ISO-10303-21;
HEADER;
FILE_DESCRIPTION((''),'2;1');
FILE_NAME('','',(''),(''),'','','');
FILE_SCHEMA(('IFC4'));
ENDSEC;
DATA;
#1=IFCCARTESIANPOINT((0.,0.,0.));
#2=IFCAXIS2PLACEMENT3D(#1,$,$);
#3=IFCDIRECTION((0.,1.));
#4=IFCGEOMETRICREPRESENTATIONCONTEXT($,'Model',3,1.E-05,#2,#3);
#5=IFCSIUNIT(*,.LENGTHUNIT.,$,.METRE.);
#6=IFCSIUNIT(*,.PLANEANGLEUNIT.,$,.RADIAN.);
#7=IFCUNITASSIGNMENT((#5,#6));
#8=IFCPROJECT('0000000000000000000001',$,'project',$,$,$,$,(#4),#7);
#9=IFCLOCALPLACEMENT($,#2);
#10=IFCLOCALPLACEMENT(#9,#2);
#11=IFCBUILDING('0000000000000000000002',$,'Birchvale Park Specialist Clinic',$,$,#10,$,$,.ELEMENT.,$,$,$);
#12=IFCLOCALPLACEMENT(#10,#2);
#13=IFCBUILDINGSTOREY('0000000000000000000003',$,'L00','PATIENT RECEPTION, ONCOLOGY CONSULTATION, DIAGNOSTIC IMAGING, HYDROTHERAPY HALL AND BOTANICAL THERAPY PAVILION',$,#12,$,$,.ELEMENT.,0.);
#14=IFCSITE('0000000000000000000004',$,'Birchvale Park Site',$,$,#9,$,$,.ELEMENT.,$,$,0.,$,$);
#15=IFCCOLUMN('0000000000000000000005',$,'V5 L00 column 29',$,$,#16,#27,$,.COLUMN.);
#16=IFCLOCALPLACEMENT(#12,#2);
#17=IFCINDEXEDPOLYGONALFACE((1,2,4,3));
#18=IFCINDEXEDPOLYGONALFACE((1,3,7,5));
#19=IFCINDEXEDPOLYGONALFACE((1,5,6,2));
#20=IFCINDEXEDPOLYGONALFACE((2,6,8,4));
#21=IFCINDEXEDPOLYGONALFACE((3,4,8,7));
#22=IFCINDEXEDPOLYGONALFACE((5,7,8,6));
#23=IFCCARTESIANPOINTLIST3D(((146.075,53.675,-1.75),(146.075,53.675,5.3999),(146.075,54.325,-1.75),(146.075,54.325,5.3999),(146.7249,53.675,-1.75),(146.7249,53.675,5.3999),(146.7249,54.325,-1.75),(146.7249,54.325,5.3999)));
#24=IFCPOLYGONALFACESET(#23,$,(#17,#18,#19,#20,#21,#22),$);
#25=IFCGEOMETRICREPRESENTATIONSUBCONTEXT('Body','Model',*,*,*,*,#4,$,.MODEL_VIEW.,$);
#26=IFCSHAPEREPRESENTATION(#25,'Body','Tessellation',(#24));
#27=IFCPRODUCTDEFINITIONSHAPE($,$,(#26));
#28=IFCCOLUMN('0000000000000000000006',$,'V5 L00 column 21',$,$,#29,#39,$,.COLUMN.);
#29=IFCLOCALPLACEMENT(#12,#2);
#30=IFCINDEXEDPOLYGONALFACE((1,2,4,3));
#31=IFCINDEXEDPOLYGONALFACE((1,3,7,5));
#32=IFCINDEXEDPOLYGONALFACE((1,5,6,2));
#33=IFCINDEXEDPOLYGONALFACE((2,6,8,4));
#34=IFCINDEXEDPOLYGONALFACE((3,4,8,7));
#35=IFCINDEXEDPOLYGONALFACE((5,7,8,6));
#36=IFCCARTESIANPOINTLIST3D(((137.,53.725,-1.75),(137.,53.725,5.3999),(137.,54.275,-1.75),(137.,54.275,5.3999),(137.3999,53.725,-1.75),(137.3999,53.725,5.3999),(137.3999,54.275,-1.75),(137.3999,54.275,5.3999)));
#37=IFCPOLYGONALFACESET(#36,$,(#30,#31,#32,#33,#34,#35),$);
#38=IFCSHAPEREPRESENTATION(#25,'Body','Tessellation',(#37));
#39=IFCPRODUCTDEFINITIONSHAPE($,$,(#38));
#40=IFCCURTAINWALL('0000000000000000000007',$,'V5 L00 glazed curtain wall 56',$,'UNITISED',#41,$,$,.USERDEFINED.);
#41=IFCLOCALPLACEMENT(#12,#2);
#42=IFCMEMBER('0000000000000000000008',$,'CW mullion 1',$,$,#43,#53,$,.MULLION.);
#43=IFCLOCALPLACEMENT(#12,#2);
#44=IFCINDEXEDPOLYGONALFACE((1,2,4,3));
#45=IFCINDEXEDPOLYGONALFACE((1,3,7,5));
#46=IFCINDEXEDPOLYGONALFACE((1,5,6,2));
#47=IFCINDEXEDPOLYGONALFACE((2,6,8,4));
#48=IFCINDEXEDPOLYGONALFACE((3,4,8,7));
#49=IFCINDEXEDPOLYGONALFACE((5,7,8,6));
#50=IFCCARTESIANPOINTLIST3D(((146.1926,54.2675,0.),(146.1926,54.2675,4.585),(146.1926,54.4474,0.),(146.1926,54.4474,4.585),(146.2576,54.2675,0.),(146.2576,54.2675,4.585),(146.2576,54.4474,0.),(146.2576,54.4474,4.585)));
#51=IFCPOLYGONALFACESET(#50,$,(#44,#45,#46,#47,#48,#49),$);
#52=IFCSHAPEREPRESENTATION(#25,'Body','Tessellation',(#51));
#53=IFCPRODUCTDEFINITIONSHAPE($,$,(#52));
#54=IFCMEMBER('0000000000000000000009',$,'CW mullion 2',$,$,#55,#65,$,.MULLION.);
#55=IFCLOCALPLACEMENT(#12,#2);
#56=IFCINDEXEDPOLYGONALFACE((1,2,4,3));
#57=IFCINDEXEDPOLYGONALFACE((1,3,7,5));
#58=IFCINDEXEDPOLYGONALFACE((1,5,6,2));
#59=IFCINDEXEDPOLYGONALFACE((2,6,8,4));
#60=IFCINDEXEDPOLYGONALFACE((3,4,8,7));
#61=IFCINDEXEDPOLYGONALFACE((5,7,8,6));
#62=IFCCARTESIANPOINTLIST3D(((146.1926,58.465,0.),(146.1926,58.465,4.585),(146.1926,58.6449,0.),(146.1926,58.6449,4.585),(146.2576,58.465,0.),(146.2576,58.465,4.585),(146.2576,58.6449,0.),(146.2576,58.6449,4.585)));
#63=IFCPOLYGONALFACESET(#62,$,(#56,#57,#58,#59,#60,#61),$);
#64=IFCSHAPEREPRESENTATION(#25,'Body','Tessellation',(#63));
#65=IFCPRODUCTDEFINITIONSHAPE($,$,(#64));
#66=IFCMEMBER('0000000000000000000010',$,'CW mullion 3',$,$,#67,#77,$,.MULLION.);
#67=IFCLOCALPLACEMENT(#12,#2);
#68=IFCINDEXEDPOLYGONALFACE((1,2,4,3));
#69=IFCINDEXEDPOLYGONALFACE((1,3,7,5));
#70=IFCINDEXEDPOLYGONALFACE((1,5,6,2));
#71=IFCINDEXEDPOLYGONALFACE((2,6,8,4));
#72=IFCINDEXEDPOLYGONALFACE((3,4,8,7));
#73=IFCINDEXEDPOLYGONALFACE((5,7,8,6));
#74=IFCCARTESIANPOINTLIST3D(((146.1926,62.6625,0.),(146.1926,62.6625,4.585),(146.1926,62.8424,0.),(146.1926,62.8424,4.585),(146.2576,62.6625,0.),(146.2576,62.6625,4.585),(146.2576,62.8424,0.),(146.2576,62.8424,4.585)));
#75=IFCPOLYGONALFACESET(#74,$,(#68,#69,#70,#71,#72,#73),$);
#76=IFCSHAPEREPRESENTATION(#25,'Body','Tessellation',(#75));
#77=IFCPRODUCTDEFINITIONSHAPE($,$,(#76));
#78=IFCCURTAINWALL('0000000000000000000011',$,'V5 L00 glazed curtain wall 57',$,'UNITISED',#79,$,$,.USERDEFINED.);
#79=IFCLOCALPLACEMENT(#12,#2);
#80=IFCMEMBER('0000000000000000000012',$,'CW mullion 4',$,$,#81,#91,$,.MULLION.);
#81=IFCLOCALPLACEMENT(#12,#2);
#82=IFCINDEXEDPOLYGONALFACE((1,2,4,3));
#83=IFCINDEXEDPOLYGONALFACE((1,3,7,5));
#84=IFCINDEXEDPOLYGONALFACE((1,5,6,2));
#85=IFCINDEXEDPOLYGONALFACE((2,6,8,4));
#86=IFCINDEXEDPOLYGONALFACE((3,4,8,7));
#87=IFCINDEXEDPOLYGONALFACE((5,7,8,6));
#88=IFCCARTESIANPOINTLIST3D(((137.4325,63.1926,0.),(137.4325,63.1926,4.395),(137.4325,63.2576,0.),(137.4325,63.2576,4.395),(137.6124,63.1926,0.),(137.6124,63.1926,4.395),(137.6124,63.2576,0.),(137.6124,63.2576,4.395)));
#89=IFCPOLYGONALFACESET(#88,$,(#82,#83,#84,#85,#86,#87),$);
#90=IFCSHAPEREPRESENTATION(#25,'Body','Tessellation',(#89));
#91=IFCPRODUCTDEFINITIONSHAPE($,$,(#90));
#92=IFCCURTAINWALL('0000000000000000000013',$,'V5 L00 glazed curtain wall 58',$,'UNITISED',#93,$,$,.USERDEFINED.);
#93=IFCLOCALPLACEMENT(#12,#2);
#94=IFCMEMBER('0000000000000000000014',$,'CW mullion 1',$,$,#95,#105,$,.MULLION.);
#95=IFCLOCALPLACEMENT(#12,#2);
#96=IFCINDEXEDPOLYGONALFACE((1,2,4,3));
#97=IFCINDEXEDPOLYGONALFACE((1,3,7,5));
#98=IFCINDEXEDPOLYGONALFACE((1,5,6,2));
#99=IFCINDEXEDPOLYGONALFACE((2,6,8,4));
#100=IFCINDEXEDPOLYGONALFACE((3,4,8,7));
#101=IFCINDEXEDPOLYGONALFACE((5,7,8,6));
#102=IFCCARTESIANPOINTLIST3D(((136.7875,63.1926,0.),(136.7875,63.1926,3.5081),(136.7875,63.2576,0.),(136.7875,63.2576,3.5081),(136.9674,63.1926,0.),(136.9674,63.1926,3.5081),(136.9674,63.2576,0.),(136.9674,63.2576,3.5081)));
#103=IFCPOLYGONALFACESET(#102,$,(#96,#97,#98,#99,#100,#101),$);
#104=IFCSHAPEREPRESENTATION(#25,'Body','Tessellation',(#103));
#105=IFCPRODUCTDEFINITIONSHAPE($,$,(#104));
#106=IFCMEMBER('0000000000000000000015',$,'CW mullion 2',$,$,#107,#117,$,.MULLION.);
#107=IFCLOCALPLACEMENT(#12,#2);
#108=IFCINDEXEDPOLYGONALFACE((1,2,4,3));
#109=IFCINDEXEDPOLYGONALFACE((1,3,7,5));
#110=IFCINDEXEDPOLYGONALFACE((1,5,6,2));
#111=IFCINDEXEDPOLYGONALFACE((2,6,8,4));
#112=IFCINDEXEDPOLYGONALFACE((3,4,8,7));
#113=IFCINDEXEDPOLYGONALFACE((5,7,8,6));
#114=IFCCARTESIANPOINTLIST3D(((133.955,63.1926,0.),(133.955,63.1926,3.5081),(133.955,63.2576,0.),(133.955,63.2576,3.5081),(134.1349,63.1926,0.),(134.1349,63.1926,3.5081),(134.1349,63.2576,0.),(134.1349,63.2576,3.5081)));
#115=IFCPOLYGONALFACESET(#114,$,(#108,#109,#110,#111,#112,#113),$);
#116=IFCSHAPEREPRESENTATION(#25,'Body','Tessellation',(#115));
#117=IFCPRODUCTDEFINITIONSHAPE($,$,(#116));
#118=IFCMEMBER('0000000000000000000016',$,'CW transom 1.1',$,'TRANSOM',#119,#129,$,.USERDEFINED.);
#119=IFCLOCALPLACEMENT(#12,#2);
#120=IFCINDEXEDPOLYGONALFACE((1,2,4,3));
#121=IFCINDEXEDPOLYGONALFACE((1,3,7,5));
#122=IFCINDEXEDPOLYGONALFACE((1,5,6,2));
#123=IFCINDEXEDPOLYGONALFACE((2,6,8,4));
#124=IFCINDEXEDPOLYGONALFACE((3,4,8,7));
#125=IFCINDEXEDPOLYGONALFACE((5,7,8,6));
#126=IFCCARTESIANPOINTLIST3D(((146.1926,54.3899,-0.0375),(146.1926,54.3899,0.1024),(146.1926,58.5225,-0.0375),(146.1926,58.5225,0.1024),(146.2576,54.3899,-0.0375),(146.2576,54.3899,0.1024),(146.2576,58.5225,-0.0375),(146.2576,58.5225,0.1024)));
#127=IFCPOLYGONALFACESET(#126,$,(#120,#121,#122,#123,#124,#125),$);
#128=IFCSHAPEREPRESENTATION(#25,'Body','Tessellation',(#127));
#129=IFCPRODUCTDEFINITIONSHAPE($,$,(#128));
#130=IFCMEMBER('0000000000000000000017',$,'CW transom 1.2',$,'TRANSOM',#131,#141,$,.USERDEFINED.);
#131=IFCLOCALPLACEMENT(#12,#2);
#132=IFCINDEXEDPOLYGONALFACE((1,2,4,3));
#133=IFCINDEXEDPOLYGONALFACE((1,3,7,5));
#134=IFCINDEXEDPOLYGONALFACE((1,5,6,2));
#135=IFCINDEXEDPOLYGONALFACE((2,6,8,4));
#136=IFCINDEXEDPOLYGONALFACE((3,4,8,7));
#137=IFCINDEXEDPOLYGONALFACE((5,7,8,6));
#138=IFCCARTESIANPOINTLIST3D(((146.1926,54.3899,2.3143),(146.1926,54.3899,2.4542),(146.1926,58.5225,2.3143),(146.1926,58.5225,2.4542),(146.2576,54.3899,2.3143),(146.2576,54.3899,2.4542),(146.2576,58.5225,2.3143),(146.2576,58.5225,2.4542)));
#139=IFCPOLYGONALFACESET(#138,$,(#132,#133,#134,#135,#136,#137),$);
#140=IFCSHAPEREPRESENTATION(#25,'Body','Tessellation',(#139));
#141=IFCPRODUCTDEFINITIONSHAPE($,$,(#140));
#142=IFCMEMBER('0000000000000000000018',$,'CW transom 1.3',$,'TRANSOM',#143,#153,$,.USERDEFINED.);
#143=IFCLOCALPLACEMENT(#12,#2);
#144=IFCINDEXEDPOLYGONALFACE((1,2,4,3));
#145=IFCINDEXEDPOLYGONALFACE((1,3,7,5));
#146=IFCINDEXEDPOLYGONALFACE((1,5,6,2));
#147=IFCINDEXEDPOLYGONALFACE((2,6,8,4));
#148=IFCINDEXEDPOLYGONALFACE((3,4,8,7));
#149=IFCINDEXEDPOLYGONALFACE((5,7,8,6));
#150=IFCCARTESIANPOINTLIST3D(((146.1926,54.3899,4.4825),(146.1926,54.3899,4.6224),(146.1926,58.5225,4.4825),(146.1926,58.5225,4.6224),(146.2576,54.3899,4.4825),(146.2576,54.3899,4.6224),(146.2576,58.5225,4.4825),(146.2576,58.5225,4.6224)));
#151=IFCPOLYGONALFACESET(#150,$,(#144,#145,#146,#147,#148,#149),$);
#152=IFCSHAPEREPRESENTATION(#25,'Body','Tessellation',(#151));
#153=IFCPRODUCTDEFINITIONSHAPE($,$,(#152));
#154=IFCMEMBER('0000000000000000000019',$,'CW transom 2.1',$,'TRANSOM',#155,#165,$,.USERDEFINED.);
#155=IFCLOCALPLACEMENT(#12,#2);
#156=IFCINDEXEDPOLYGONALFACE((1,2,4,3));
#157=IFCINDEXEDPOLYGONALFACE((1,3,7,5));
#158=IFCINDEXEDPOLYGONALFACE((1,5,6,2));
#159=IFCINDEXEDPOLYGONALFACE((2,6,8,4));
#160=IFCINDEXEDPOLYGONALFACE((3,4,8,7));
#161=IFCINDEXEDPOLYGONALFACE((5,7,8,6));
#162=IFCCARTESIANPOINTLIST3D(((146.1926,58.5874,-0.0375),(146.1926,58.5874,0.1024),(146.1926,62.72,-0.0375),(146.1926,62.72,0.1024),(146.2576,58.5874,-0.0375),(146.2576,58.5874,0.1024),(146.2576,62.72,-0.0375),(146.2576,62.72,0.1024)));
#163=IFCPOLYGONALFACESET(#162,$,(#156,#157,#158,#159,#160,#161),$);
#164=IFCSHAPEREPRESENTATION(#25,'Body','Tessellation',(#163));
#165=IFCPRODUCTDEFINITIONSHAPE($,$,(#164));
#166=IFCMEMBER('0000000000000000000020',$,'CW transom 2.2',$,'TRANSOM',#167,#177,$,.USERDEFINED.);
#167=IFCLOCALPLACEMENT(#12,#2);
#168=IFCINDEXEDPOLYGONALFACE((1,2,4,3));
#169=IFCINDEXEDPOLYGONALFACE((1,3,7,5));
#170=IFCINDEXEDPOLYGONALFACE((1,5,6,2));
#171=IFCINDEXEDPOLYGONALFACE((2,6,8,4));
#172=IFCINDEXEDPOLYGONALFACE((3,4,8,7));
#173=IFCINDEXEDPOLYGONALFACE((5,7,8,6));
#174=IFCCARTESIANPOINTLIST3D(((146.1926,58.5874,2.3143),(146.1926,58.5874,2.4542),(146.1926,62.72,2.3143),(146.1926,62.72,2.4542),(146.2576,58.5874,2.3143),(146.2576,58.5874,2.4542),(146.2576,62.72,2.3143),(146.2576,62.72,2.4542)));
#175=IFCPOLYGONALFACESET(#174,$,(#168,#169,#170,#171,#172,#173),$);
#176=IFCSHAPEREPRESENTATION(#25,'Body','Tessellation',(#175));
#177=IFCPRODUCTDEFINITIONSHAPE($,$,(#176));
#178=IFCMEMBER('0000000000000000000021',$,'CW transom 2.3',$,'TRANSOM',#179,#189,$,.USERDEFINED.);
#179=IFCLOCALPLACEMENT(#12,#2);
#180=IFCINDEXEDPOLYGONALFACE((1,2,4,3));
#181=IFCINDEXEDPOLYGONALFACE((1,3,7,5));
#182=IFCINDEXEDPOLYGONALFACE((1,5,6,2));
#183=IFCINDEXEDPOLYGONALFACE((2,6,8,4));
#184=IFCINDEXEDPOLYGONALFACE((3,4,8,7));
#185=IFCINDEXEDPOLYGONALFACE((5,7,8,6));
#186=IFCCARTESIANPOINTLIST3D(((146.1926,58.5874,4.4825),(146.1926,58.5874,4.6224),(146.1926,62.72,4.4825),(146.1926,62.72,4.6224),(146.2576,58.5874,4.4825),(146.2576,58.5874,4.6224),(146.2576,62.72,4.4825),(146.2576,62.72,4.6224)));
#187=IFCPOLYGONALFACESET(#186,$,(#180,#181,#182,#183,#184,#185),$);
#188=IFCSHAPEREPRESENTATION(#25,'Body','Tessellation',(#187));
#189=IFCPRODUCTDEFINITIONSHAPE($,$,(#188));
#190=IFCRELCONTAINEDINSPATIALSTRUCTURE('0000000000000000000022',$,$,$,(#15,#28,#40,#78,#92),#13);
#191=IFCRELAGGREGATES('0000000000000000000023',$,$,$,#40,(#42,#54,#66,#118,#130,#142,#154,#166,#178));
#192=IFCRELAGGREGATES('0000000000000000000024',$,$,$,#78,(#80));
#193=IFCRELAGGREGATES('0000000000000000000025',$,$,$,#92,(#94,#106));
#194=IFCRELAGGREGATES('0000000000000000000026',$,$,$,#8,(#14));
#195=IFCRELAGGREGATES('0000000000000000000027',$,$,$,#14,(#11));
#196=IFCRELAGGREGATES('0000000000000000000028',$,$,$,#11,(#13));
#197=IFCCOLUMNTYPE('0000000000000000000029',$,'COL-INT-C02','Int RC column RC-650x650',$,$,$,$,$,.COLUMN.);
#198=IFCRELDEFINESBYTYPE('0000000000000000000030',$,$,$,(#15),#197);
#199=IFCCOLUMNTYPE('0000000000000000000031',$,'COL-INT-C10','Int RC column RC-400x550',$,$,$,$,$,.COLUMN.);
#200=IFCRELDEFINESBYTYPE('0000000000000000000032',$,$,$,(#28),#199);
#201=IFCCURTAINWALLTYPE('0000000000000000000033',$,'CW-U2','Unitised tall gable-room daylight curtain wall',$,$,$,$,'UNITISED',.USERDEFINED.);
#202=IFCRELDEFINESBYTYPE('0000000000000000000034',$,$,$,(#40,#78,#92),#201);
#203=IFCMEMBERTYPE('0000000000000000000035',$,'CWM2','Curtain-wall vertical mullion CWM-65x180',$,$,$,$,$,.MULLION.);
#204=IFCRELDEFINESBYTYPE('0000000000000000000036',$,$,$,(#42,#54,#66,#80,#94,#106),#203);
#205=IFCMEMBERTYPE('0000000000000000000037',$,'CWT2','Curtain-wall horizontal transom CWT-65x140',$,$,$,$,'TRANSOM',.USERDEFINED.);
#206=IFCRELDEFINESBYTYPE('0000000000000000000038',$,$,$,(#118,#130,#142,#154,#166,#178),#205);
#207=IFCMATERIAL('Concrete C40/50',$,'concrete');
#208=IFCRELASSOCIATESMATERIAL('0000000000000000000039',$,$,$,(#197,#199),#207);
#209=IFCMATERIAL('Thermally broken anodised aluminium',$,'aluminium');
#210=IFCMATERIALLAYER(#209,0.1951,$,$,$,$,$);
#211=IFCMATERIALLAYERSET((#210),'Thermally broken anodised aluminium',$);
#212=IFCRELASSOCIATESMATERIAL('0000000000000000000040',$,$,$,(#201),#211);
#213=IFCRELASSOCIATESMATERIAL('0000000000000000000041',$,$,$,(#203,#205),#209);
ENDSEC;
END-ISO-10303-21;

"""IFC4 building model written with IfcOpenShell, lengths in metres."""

from ifc_helpers import new_model, si_unit, direction, frame, origin, origin_2d, place, context, subcontext, project, spatial, rectangle, extrude, material, layer, layer_set, material_profile, profile_set, type_object, element, aggregate, save


model = new_model("IFC4")

# Units and contexts
model_context = context("Model", 3, precision=1e-05, world=origin(), true_north=direction((0.0, 1.0)))
body_context = subcontext(model_context, "Body", "Model", "MODEL_VIEW")
ifc_project = project(units=[si_unit("LENGTHUNIT", "METRE"), si_unit("PLANEANGLEUNIT", "RADIAN")], contexts=[model_context])

# Site, building, storey
site_placement = place(None, origin())
site = spatial("IfcSite", under=ifc_project, at=site_placement, Name="Birchvale Park Site", CompositionType="ELEMENT", RefElevation=0.0)
building_placement = place(site_placement, origin())
building = spatial("IfcBuilding", under=site, at=building_placement, Name="Birchvale Park Specialist Clinic", CompositionType="ELEMENT")
storey_placement = place(building_placement, origin())
storey = spatial("IfcBuildingStorey", under=building, at=storey_placement, Name="L00", Description="PATIENT RECEPTION, ONCOLOGY CONSULTATION, DIAGNOSTIC IMAGING, HYDROTHERAPY HALL AND BOTANICAL THERAPY PAVILION", CompositionType="ELEMENT", Elevation=0.0)

# Shared definitions
ifc_material_1 = material(Name="Concrete C40/50", Category="concrete")

# Columns
ifc_material_profile_1 = material_profile(ifc_material_1, rectangle(XDim=0.6499, YDim=0.6499, at=origin_2d()), Name="RC-650x650")
ifc_profile_set_1 = profile_set([ifc_material_profile_1], Name="Concrete C40/50")
column_type_1 = type_object("IfcColumnType", Name="COL-INT-C02", Description="Int RC column RC-650x650", PredefinedType="COLUMN", material=ifc_profile_set_1)
column_1_placement = place(storey_placement, frame((146.3999, 54.0, -1.75), z_axis=(0.0, 0.0, 1.0), x_axis=(1.0, 0.0, 0.0)))
element("IfcColumn", 1, at=column_1_placement, inside=storey, type_object=column_type_1, Name="V5 L00 column 29", PredefinedType="COLUMN", context=body_context, shape_type="SweptSolid", body=[
    extrude(rectangle(XDim=0.6499, YDim=0.6499, at=origin_2d()), origin(), (0.0, 0.0, 1.0), 7.1499),
])
ifc_material_profile_2 = material_profile(ifc_material_1, rectangle(XDim=0.3999, YDim=0.55, at=origin_2d()), Name="RC-400x550")
ifc_profile_set_2 = profile_set([ifc_material_profile_2], Name="Concrete C40/50")
column_type_2 = type_object("IfcColumnType", Name="COL-INT-C10", Description="Int RC column RC-400x550", PredefinedType="COLUMN", material=ifc_profile_set_2)
column_2_placement = place(storey_placement, frame((137.2, 54.0, -1.75), z_axis=(0.0, 0.0, 1.0), x_axis=(1.0, 0.0, 0.0)))
element("IfcColumn", 2, at=column_2_placement, inside=storey, type_object=column_type_2, Name="V5 L00 column 21", PredefinedType="COLUMN", context=body_context, shape_type="SweptSolid", body=[
    extrude(rectangle(XDim=0.3999, YDim=0.55, at=origin_2d()), origin(), (0.0, 0.0, 1.0), 7.1499),
])

# Curtain wall, members
ifc_material_2 = material(Name="Thermally broken anodised aluminium", Category="aluminium")
ifc_layer_1 = layer(ifc_material_2, 0.1951)
ifc_layer_set_1 = layer_set([ifc_layer_1], Name="Thermally broken anodised aluminium")
curtain_wall_type = type_object("IfcCurtainWallType", Name="CW-U2", Description="Unitised tall gable-room daylight curtain wall", ElementType="UNITISED", PredefinedType="USERDEFINED", material=ifc_layer_set_1)
curtain_wall_1_placement = place(storey_placement, origin())
curtain_wall_1 = element("IfcCurtainWall", 3, at=curtain_wall_1_placement, inside=storey, type_object=curtain_wall_type, Name="V5 L00 glazed curtain wall 56", ObjectType="UNITISED", PredefinedType="USERDEFINED")
ifc_material_profile_3 = material_profile(ifc_material_2, rectangle(XDim=0.0649, YDim=0.1799, at=origin_2d()), Name="CWM-65x180")
ifc_profile_set_3 = profile_set([ifc_material_profile_3], Name="Thermally broken anodised aluminium")
member_type_1 = type_object("IfcMemberType", Name="CWM2", Description="Curtain-wall vertical mullion CWM-65x180", PredefinedType="MULLION", material=ifc_profile_set_3)
member_1_placement = place(storey_placement, frame((146.2251, 54.3574, 0.0), z_axis=(0.0, 0.0, 1.0), x_axis=(-1.0, 0.0, 0.0)))
member_1 = element("IfcMember", 4, at=member_1_placement, type_object=member_type_1, Name="CW mullion 1", PredefinedType="MULLION", context=body_context, shape_type="SweptSolid", body=[
    extrude(rectangle(XDim=0.0649, YDim=0.1799, at=origin_2d()), origin(), (0.0, 0.0, 1.0), 4.585),
])
member_2_placement = place(storey_placement, frame((146.2251, 58.5549, 0.0), z_axis=(0.0, 0.0, 1.0), x_axis=(-1.0, 0.0, 0.0)))
member_2 = element("IfcMember", 5, at=member_2_placement, type_object=member_type_1, Name="CW mullion 2", PredefinedType="MULLION", context=body_context, shape_type="SweptSolid", body=[
    extrude(rectangle(XDim=0.0649, YDim=0.1799, at=origin_2d()), origin(), (0.0, 0.0, 1.0), 4.585),
])
member_3_placement = place(storey_placement, frame((146.2251, 62.7524, 0.0), z_axis=(0.0, 0.0, 1.0), x_axis=(-1.0, 0.0, 0.0)))
member_3 = element("IfcMember", 6, at=member_3_placement, type_object=member_type_1, Name="CW mullion 3", PredefinedType="MULLION", context=body_context, shape_type="SweptSolid", body=[
    extrude(rectangle(XDim=0.0649, YDim=0.1799, at=origin_2d()), origin(), (0.0, 0.0, 1.0), 4.585),
])

# Curtain wall, member
curtain_wall_2_placement = place(storey_placement, origin())
curtain_wall_2 = element("IfcCurtainWall", 7, at=curtain_wall_2_placement, inside=storey, type_object=curtain_wall_type, Name="V5 L00 glazed curtain wall 57", ObjectType="UNITISED", PredefinedType="USERDEFINED")
member_4_placement = place(storey_placement, frame((137.5225, 63.2251, 0.0), z_axis=(0.0, 0.0, 1.0), x_axis=(0.0, -1.0, 0.0)))
member_4 = element("IfcMember", 8, at=member_4_placement, type_object=member_type_1, Name="CW mullion 4", PredefinedType="MULLION", context=body_context, shape_type="SweptSolid", body=[
    extrude(rectangle(XDim=0.0649, YDim=0.1799, at=origin_2d()), origin(), (0.0, 0.0, 1.0), 4.395),
])

# Curtain wall, members
curtain_wall_3_placement = place(storey_placement, origin())
curtain_wall_3 = element("IfcCurtainWall", 9, at=curtain_wall_3_placement, inside=storey, type_object=curtain_wall_type, Name="V5 L00 glazed curtain wall 58", ObjectType="UNITISED", PredefinedType="USERDEFINED")
member_5_placement = place(storey_placement, frame((136.8774, 63.2251, 0.0), z_axis=(0.0, 0.0, 1.0), x_axis=(0.0, -1.0, 0.0)))
member_5 = element("IfcMember", 10, at=member_5_placement, type_object=member_type_1, Name="CW mullion 1", PredefinedType="MULLION", context=body_context, shape_type="SweptSolid", body=[
    extrude(rectangle(XDim=0.0649, YDim=0.1799, at=origin_2d()), origin(), (0.0, 0.0, 1.0), 3.5081),
])
member_6_placement = place(storey_placement, frame((134.0449, 63.2251, 0.0), z_axis=(0.0, 0.0, 1.0), x_axis=(0.0, -1.0, 0.0)))
member_6 = element("IfcMember", 11, at=member_6_placement, type_object=member_type_1, Name="CW mullion 2", PredefinedType="MULLION", context=body_context, shape_type="SweptSolid", body=[
    extrude(rectangle(XDim=0.0649, YDim=0.1799, at=origin_2d()), origin(), (0.0, 0.0, 1.0), 3.5081),
])

# Members
ifc_material_profile_4 = material_profile(ifc_material_2, rectangle(XDim=0.0649, YDim=0.1399, at=origin_2d()), Name="CWT-65x140")
ifc_profile_set_4 = profile_set([ifc_material_profile_4], Name="Thermally broken anodised aluminium")
member_type_2 = type_object("IfcMemberType", Name="CWT2", Description="Curtain-wall horizontal transom CWT-65x140", ElementType="TRANSOM", PredefinedType="USERDEFINED", material=ifc_profile_set_4)
member_7_placement = place(storey_placement, frame((146.2251, 54.3899, 0.0325), z_axis=(0.0, 1.0, 0.0), x_axis=(-1.0, 0.0, 0.0)))
member_7 = element("IfcMember", 12, at=member_7_placement, type_object=member_type_2, Name="CW transom 1.1", ObjectType="TRANSOM", PredefinedType="USERDEFINED", context=body_context, shape_type="SweptSolid", body=[
    extrude(rectangle(XDim=0.0649, YDim=0.1399, at=origin_2d()), origin(), (0.0, 0.0, 1.0), 4.1326),
])
member_8_placement = place(storey_placement, frame((146.2251, 54.3899, 2.3843), z_axis=(0.0, 1.0, 0.0), x_axis=(-1.0, 0.0, 0.0)))
member_8 = element("IfcMember", 13, at=member_8_placement, type_object=member_type_2, Name="CW transom 1.2", ObjectType="TRANSOM", PredefinedType="USERDEFINED", context=body_context, shape_type="SweptSolid", body=[
    extrude(rectangle(XDim=0.0649, YDim=0.1399, at=origin_2d()), origin(), (0.0, 0.0, 1.0), 4.1326),
])
member_9_placement = place(storey_placement, frame((146.2251, 54.3899, 4.5525), z_axis=(0.0, 1.0, 0.0), x_axis=(-1.0, 0.0, 0.0)))
member_9 = element("IfcMember", 14, at=member_9_placement, type_object=member_type_2, Name="CW transom 1.3", ObjectType="TRANSOM", PredefinedType="USERDEFINED", context=body_context, shape_type="SweptSolid", body=[
    extrude(rectangle(XDim=0.0649, YDim=0.1399, at=origin_2d()), origin(), (0.0, 0.0, 1.0), 4.1326),
])
member_10_placement = place(storey_placement, frame((146.2251, 58.5874, 0.0325), z_axis=(0.0, 1.0, 0.0), x_axis=(-1.0, 0.0, 0.0)))
member_10 = element("IfcMember", 15, at=member_10_placement, type_object=member_type_2, Name="CW transom 2.1", ObjectType="TRANSOM", PredefinedType="USERDEFINED", context=body_context, shape_type="SweptSolid", body=[
    extrude(rectangle(XDim=0.0649, YDim=0.1399, at=origin_2d()), origin(), (0.0, 0.0, 1.0), 4.1326),
])
member_11_placement = place(storey_placement, frame((146.2251, 58.5874, 2.3843), z_axis=(0.0, 1.0, 0.0), x_axis=(-1.0, 0.0, 0.0)))
member_11 = element("IfcMember", 16, at=member_11_placement, type_object=member_type_2, Name="CW transom 2.2", ObjectType="TRANSOM", PredefinedType="USERDEFINED", context=body_context, shape_type="SweptSolid", body=[
    extrude(rectangle(XDim=0.0649, YDim=0.1399, at=origin_2d()), origin(), (0.0, 0.0, 1.0), 4.1326),
])
member_12_placement = place(storey_placement, frame((146.2251, 58.5874, 4.5525), z_axis=(0.0, 1.0, 0.0), x_axis=(-1.0, 0.0, 0.0)))
member_12 = element("IfcMember", 17, at=member_12_placement, type_object=member_type_2, Name="CW transom 2.3", ObjectType="TRANSOM", PredefinedType="USERDEFINED", context=body_context, shape_type="SweptSolid", body=[
    extrude(rectangle(XDim=0.0649, YDim=0.1399, at=origin_2d()), origin(), (0.0, 0.0, 1.0), 4.1326),
])

aggregate(curtain_wall_1, [member_1, member_2, member_3, member_7, member_8, member_9, member_10, member_11, member_12])
aggregate(curtain_wall_2, [member_4])
aggregate(curtain_wall_3, [member_5, member_6])

save(model, "model.ifc")
